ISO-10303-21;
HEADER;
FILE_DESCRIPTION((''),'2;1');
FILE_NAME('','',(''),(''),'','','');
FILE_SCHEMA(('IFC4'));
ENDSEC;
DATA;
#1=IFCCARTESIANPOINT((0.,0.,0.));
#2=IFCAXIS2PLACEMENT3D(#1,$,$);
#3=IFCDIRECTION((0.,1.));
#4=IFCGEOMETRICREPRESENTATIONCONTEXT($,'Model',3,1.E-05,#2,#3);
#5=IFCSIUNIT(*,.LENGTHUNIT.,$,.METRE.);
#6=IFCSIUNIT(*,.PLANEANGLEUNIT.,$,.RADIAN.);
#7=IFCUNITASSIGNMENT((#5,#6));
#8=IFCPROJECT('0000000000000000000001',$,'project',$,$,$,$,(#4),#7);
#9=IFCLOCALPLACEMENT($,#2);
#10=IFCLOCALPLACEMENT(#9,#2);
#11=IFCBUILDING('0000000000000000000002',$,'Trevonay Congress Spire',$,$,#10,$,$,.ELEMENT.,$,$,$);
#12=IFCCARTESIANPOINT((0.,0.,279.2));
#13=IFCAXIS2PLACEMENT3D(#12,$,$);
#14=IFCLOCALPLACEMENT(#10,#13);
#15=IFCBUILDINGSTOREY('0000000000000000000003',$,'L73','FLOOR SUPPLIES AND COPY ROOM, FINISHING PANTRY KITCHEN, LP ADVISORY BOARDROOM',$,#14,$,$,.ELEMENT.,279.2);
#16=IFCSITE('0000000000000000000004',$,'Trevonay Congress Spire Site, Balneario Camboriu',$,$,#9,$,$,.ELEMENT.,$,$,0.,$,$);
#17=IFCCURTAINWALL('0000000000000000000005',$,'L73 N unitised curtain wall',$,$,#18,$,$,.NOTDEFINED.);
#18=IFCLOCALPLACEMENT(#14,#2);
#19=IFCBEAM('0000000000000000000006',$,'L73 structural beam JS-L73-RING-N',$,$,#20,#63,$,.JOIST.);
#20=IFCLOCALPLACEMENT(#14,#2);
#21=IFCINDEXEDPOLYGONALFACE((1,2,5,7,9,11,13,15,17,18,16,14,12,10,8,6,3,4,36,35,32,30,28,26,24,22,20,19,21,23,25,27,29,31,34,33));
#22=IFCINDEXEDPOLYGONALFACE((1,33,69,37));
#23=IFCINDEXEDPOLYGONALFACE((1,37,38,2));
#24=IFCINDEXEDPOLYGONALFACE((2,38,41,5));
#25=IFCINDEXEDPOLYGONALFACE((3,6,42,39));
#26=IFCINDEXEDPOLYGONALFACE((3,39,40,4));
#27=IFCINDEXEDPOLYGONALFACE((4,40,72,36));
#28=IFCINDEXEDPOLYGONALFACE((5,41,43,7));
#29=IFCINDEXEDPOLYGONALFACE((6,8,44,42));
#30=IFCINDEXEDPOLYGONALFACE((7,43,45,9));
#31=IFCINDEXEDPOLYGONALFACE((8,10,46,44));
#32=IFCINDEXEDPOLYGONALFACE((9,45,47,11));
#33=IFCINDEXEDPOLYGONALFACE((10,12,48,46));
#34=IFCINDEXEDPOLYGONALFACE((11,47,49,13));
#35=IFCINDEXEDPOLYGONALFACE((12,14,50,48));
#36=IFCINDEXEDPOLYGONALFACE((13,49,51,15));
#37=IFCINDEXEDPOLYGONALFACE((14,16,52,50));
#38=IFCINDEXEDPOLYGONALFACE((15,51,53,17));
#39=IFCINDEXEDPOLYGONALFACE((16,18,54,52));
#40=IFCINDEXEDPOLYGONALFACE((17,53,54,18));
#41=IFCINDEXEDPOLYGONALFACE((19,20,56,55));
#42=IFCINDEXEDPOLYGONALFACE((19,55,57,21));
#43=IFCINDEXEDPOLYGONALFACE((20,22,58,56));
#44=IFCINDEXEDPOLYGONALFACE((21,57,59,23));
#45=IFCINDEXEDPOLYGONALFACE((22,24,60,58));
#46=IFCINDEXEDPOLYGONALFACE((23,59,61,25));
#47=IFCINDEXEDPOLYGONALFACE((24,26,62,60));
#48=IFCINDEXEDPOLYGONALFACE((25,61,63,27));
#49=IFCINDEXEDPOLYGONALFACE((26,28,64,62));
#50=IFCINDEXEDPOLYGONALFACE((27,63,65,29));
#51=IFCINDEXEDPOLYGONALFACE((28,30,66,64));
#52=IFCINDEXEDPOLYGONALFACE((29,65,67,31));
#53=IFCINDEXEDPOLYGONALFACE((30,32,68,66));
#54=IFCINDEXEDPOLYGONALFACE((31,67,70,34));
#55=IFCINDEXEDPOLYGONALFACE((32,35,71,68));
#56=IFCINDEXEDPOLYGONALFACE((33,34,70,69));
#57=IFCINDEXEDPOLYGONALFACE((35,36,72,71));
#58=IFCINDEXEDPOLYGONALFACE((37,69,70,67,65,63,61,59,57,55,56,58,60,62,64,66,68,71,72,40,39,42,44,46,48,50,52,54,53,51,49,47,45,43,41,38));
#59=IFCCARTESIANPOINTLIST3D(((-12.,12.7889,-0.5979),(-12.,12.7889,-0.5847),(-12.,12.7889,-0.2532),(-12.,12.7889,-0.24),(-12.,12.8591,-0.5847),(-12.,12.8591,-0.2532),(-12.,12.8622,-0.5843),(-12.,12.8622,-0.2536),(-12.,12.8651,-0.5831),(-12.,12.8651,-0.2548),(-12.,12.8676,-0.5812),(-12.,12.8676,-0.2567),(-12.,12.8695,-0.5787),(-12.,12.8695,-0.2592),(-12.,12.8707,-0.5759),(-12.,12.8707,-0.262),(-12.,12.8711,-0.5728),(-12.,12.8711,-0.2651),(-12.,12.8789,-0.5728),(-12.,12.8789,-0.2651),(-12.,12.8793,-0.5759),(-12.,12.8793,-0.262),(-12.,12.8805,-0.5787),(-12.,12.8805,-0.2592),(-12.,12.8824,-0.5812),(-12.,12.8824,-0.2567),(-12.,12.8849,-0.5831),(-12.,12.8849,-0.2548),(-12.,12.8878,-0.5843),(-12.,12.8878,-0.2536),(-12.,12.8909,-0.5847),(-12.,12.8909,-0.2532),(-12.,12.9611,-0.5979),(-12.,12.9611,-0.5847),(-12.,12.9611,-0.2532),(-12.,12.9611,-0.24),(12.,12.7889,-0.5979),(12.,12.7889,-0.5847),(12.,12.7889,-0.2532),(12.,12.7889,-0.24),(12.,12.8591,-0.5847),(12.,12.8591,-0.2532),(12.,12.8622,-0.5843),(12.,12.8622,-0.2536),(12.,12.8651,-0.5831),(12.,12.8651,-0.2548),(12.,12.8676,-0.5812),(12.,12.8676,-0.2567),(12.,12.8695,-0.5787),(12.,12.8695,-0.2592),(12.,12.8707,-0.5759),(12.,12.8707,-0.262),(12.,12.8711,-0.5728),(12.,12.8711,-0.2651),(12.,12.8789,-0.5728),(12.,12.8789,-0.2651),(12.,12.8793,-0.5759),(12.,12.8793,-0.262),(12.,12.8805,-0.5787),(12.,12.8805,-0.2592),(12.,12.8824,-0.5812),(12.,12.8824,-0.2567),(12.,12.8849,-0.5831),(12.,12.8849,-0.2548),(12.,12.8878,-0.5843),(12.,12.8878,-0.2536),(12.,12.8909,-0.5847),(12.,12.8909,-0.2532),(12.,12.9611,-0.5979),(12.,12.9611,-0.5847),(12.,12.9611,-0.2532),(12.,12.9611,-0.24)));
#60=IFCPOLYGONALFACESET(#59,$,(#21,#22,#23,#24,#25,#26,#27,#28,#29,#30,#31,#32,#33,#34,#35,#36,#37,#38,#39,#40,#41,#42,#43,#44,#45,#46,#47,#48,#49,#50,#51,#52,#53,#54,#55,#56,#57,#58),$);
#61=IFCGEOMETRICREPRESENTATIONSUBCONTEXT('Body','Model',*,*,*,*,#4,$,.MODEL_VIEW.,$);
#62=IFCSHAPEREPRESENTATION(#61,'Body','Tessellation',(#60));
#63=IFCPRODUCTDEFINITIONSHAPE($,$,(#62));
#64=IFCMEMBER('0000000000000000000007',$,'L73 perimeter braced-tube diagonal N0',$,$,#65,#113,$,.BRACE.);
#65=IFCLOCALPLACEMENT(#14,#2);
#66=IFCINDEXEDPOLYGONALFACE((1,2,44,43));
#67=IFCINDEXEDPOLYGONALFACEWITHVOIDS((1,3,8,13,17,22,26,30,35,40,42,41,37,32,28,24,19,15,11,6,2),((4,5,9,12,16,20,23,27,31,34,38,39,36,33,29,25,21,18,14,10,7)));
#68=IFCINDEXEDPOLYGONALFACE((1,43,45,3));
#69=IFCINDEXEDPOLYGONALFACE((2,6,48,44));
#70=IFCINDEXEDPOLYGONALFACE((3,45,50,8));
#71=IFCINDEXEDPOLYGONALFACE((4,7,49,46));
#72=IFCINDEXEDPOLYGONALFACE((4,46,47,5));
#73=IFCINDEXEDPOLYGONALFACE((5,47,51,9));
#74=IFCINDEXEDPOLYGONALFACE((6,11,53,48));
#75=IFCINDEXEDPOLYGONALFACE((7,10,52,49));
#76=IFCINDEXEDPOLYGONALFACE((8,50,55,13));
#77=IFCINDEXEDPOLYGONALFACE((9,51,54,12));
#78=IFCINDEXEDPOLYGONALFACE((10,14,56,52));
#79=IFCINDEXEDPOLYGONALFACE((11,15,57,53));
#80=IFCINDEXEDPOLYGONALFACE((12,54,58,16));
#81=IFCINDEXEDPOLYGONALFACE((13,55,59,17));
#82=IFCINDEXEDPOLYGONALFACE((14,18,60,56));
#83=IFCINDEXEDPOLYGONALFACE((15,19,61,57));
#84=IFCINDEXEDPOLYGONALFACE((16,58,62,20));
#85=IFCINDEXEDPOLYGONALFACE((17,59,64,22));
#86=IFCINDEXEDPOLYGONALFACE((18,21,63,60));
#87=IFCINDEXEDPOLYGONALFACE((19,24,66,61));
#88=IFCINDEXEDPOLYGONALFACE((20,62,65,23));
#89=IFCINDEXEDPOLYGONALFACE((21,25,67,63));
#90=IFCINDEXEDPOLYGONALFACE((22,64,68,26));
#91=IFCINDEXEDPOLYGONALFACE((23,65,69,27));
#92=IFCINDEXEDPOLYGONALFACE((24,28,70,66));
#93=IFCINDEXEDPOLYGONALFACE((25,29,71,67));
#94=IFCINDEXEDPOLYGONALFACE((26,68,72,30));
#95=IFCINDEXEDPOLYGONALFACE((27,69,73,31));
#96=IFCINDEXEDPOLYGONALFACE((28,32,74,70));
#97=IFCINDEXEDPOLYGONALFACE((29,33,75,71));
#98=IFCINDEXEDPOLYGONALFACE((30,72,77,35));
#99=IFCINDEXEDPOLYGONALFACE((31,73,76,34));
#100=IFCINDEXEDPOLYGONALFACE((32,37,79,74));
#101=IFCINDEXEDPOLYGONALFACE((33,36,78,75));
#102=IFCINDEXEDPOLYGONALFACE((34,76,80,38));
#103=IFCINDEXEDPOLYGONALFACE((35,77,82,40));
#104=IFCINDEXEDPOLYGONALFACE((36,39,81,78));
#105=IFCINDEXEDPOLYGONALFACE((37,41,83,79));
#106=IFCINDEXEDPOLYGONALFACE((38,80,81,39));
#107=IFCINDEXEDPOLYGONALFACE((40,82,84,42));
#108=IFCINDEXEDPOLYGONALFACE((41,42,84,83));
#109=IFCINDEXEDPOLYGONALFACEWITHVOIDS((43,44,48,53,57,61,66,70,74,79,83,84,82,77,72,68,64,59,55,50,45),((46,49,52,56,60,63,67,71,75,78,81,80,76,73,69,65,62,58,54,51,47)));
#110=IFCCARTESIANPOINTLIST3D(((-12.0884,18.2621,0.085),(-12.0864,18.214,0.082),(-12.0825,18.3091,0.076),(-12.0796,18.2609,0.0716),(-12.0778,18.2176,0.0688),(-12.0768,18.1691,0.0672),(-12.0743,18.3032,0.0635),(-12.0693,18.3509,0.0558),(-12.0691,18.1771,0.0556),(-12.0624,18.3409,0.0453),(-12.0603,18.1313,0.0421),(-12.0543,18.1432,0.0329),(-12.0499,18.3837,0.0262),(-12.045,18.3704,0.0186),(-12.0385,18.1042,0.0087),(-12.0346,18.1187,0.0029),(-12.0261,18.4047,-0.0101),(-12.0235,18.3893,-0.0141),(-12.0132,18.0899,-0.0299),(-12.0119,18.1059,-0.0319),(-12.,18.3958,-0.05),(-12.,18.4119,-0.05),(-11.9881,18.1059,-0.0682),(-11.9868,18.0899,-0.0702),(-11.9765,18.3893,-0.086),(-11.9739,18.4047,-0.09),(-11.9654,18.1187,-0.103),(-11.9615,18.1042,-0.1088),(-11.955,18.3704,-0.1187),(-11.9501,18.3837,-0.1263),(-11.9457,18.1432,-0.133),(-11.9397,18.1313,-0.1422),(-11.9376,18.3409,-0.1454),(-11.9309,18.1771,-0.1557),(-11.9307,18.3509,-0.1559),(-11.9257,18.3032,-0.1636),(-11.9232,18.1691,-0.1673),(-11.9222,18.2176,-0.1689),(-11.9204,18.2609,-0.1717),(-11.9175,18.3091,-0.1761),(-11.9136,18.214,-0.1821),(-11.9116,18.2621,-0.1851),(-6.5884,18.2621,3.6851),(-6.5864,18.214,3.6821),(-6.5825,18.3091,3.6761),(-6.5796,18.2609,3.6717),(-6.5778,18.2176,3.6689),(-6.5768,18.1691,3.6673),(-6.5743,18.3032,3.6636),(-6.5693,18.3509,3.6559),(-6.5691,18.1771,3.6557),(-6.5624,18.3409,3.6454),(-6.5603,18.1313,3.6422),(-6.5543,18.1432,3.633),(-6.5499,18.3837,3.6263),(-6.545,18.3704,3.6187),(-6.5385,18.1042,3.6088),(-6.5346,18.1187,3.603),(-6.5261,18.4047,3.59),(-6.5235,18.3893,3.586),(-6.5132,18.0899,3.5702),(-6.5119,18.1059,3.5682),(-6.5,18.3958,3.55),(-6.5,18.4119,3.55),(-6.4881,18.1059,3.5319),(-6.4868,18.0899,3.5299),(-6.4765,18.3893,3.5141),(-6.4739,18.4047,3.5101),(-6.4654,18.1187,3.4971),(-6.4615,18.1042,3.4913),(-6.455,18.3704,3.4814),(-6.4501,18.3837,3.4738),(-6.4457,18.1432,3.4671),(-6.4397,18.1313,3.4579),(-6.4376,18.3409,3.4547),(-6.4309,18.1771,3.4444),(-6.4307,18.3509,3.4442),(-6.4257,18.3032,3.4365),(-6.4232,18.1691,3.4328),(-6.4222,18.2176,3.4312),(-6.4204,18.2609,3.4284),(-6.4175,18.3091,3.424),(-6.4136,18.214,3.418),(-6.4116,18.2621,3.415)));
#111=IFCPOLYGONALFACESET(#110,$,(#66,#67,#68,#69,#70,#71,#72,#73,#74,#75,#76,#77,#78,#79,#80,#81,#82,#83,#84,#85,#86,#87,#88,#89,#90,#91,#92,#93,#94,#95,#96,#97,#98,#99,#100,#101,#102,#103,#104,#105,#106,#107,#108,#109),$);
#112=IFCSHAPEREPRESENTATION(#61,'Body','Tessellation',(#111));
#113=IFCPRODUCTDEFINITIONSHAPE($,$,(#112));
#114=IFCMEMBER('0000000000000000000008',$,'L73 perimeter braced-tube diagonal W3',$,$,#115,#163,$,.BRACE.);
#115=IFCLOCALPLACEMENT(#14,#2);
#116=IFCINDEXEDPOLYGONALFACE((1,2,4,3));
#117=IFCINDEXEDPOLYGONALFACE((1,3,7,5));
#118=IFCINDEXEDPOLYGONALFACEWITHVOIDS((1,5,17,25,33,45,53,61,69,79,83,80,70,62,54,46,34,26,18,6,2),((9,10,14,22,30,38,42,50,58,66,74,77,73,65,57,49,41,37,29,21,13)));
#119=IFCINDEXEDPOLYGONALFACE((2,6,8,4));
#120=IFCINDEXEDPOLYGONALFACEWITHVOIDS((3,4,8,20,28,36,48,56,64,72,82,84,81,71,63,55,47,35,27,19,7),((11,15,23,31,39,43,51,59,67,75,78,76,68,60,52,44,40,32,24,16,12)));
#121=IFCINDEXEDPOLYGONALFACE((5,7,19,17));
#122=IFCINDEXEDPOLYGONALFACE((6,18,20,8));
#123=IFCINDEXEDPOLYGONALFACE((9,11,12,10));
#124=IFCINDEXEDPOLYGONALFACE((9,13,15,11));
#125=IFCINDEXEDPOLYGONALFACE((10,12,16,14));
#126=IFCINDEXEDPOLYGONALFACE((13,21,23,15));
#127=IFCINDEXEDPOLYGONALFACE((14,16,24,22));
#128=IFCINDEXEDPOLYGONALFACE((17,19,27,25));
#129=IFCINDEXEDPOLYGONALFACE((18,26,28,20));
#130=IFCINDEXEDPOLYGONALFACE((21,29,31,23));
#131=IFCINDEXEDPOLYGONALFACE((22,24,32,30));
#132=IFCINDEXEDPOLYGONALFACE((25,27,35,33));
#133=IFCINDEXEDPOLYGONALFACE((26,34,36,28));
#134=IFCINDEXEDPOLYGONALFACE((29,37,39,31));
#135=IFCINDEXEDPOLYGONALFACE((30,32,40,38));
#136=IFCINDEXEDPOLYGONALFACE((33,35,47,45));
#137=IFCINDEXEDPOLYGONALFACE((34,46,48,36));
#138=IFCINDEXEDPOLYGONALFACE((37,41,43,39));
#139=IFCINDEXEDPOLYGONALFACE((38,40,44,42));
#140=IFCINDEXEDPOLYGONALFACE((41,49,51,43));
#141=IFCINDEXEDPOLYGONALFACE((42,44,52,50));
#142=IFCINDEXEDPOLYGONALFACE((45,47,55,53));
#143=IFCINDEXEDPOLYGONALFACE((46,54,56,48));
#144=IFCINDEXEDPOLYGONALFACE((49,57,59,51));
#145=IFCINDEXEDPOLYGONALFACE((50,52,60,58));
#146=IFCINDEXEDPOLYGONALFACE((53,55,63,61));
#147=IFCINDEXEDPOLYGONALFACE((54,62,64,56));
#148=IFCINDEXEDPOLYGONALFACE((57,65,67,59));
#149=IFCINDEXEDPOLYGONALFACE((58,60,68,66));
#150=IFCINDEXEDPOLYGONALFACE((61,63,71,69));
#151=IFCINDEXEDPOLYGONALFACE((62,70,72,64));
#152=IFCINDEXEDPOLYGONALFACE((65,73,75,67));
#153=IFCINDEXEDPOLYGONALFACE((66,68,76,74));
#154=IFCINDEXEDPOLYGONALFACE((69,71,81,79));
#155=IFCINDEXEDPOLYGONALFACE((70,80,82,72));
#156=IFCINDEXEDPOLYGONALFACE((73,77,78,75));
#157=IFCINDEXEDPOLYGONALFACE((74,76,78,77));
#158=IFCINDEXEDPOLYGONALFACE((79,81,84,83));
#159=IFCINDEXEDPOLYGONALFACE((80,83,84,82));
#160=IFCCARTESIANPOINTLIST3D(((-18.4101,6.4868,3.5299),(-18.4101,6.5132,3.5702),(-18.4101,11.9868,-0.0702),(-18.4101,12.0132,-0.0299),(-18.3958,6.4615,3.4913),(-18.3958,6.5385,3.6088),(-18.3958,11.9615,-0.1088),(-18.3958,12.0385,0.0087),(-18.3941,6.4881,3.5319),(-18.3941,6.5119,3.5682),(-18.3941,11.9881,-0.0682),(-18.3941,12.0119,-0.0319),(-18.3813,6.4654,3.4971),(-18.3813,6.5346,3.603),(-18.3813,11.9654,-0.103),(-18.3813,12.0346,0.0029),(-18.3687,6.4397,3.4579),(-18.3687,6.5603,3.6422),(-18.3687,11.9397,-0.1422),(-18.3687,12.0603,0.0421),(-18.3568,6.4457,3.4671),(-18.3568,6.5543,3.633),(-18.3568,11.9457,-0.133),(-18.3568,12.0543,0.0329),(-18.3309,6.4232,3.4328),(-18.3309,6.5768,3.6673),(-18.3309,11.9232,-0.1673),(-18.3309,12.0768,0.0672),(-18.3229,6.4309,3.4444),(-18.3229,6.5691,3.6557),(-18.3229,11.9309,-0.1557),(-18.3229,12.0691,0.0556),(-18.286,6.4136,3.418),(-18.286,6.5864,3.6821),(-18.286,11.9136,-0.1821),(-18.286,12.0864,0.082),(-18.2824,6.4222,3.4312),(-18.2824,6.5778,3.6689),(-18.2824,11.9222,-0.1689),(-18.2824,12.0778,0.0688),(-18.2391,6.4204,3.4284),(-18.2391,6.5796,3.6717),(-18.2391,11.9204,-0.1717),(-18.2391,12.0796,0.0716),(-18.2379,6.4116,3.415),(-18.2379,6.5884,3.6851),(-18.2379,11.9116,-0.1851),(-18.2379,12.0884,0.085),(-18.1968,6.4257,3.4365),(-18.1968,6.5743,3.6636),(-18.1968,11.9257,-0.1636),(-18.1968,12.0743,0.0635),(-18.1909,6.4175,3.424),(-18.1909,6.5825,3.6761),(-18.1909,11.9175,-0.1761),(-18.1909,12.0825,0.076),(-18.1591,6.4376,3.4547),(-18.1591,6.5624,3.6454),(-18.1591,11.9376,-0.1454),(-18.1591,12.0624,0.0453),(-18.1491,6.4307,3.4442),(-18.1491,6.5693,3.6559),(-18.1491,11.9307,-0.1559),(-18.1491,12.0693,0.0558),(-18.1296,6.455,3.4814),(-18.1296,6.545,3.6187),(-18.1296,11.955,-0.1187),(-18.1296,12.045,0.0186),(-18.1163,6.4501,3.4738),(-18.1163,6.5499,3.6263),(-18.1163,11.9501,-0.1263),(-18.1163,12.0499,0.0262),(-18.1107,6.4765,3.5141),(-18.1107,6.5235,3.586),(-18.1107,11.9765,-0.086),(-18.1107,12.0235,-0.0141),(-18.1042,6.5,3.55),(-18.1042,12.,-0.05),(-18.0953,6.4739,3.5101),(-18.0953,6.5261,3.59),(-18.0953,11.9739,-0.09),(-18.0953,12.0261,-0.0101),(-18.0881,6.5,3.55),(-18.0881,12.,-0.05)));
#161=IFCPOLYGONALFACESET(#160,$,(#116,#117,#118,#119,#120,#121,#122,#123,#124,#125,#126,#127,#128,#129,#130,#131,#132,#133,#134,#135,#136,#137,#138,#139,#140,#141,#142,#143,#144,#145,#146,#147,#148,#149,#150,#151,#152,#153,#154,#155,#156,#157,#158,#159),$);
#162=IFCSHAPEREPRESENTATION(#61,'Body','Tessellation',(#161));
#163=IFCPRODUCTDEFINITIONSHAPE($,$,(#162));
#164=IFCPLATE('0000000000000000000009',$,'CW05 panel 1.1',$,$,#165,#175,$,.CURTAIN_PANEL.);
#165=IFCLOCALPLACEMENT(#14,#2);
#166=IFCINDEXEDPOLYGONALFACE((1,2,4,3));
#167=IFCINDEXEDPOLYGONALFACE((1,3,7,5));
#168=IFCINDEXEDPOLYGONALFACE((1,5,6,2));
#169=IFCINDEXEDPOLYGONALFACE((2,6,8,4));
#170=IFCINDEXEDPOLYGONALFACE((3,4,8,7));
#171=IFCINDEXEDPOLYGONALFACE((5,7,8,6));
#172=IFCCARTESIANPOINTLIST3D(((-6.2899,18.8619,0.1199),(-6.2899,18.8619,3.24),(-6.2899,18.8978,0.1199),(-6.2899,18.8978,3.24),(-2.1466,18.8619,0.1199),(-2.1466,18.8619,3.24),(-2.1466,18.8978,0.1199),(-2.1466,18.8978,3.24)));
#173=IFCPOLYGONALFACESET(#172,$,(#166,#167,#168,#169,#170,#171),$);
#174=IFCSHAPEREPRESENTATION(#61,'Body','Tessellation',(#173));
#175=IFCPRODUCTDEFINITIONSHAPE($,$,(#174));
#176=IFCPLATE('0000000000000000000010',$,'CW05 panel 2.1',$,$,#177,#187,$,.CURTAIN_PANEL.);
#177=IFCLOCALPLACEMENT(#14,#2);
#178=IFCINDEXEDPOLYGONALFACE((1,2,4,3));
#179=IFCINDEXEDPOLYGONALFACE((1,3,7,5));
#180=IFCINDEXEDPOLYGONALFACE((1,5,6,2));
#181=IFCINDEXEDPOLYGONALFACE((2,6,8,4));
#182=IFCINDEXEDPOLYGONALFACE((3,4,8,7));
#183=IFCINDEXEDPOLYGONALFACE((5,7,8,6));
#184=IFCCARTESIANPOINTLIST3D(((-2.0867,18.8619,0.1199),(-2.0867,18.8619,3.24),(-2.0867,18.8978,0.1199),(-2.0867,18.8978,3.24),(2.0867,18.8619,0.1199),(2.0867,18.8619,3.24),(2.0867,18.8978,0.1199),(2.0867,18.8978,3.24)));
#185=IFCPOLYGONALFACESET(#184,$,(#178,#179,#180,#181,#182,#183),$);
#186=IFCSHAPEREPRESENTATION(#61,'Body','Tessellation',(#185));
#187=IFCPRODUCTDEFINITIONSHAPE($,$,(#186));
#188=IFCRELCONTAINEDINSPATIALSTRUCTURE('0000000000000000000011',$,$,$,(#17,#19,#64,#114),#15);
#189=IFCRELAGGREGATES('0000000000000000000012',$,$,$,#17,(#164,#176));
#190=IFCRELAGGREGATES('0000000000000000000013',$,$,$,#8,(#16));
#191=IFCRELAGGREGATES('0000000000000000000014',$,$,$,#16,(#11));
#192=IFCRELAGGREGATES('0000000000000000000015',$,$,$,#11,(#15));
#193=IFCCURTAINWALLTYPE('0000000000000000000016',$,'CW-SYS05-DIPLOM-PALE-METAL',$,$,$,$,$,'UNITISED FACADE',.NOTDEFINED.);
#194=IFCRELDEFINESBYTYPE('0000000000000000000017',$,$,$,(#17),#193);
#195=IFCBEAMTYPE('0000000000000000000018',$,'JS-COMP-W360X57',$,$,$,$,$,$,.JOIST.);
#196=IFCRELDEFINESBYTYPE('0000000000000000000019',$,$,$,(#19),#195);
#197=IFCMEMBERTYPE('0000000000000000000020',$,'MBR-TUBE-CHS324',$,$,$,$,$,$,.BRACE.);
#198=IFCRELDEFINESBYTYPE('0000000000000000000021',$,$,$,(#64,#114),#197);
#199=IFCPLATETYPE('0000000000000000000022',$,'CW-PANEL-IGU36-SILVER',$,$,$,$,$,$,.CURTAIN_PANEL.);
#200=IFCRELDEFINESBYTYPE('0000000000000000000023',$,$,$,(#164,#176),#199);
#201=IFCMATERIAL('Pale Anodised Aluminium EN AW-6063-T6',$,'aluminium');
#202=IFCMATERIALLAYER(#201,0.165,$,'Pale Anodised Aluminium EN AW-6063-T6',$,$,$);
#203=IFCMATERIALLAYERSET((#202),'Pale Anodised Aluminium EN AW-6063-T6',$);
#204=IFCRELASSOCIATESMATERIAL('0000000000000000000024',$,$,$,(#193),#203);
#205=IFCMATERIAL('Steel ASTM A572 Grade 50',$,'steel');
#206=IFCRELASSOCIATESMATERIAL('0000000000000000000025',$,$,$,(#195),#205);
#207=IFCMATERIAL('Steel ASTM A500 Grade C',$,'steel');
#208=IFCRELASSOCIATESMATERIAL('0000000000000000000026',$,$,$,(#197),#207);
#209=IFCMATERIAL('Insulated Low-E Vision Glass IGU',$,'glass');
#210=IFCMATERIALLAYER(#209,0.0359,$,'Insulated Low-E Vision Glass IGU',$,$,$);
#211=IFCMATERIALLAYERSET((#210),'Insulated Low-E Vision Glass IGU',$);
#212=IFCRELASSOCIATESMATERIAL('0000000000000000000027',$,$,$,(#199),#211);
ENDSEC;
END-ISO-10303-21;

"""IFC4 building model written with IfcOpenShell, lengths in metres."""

from ifc_helpers import new_model, si_unit, direction, frame, origin, origin_2d, place, context, subcontext, project, spatial, rectangle, hollow_circle, i_section, extrude, material, layer, layer_set, material_profile, profile_set, type_object, element, aggregate, save


model = new_model("IFC4")

# Units and contexts
model_context = context("Model", 3, precision=1e-05, world=origin(), true_north=direction((0.0, 1.0)))
body_context = subcontext(model_context, "Body", "Model", "MODEL_VIEW")
ifc_project = project(units=[si_unit("LENGTHUNIT", "METRE"), si_unit("PLANEANGLEUNIT", "RADIAN")], contexts=[model_context])

# Site, building, storey
site_placement = place(None, origin())
site = spatial("IfcSite", under=ifc_project, at=site_placement, Name="Trevonay Congress Spire Site, Balneario Camboriu", CompositionType="ELEMENT", RefElevation=0.0)
building_placement = place(site_placement, origin())
building = spatial("IfcBuilding", under=site, at=building_placement, Name="Trevonay Congress Spire", CompositionType="ELEMENT")
storey_placement = place(building_placement, frame((0.0, 0.0, 279.2)))
storey = spatial("IfcBuildingStorey", under=building, at=storey_placement, Name="L73", Description="FLOOR SUPPLIES AND COPY ROOM, FINISHING PANTRY KITCHEN, LP ADVISORY BOARDROOM", CompositionType="ELEMENT", Elevation=279.2)

# Shared definitions
ifc_material_1 = material(Name="Steel ASTM A572 Grade 50", Category="steel")

# Curtain wall
ifc_material_2 = material(Name="Pale Anodised Aluminium EN AW-6063-T6", Category="aluminium")
ifc_layer_1 = layer(ifc_material_2, 0.165, Name="Pale Anodised Aluminium EN AW-6063-T6")
ifc_layer_set_1 = layer_set([ifc_layer_1], Name="Pale Anodised Aluminium EN AW-6063-T6")
curtain_wall_type = type_object("IfcCurtainWallType", Name="CW-SYS05-DIPLOM-PALE-METAL", ElementType="UNITISED FACADE", PredefinedType="NOTDEFINED", material=ifc_layer_set_1)
curtain_wall_placement = place(storey_placement, origin())
curtain_wall = element("IfcCurtainWall", 1, at=curtain_wall_placement, inside=storey, type_object=curtain_wall_type, Name="L73 N unitised curtain wall", PredefinedType="NOTDEFINED")

# Beam
ifc_material_profile_1 = material_profile(ifc_material_1, i_section(OverallWidth=0.1721, OverallDepth=0.3579, WebThickness=0.0078, FlangeThickness=0.0132, FilletRadius=0.012, at=origin_2d()), Name="W360x57.8")
ifc_profile_set_1 = profile_set([ifc_material_profile_1], Name="Steel ASTM A572 Grade 50")
beam_type_1 = type_object("IfcBeamType", Name="JS-COMP-W360X57", PredefinedType="JOIST", material=ifc_profile_set_1)
beam_1_placement = place(storey_placement, frame((-12.0, 12.875, -0.4189), z_axis=(1.0, 0.0, 0.0), x_axis=(0.0, 1.0, 0.0)))
element("IfcBeam", 2, at=beam_1_placement, inside=storey, type_object=beam_type_1, Name="L73 structural beam JS-L73-RING-N", PredefinedType="JOIST", context=body_context, shape_type="SweptSolid", body=[
    extrude(i_section(OverallWidth=0.1721, OverallDepth=0.3579, WebThickness=0.0078, FlangeThickness=0.0132, FilletRadius=0.012, at=origin_2d()), origin(), (0.0, 0.0, 1.0), 24.0),
])

# Members
ifc_material_3 = material(Name="Steel ASTM A500 Grade C", Category="steel")
ifc_material_profile_2 = material_profile(ifc_material_3, hollow_circle(Radius=0.1619, WallThickness=0.0161, at=origin_2d()), Name="CHS 323.9x16")
ifc_profile_set_2 = profile_set([ifc_material_profile_2], Name="Steel ASTM A500 Grade C")
member_type_1 = type_object("IfcMemberType", Name="MBR-TUBE-CHS324", PredefinedType="BRACE", material=ifc_profile_set_2)
for number, where, z_axis, x_axis, name in (
    (3, (-12.0, 18.25, -0.05), (0.836695, 0.0, 0.54767), (0.0, 1.0, 0.0), "L73 perimeter braced-tube diagonal N0"),
    (4, (-18.25, 12.0, -0.05), (0.0, -0.836695, 0.54767), (1.0, 0.0, 0.0), "L73 perimeter braced-tube diagonal W3"),
):
    element("IfcMember", number, at=place(storey_placement, frame(where, z_axis=z_axis, x_axis=x_axis)), inside=storey, type_object=member_type_1, Name=name, PredefinedType="BRACE", context=body_context, shape_type="SweptSolid", body=[
        extrude(hollow_circle(Radius=0.1619, WallThickness=0.0161, at=origin_2d()), origin(), (0.0, 0.0, 1.0), 6.5735),
    ])

# Plates
ifc_material_4 = material(Name="Insulated Low-E Vision Glass IGU", Category="glass")
ifc_layer_2 = layer(ifc_material_4, 0.0359, Name="Insulated Low-E Vision Glass IGU")
ifc_layer_set_2 = layer_set([ifc_layer_2], Name="Insulated Low-E Vision Glass IGU")
plate_type = type_object("IfcPlateType", Name="CW-PANEL-IGU36-SILVER", PredefinedType="CURTAIN_PANEL", material=ifc_layer_set_2)
plate_1_placement = place(storey_placement, frame((-4.2183, 18.8799, 0.1199), z_axis=(0.0, 0.0, 1.0), x_axis=(1.0, 0.0, 0.0)))
plate_1 = element("IfcPlate", 5, at=plate_1_placement, type_object=plate_type, Name="CW05 panel 1.1", PredefinedType="CURTAIN_PANEL", context=body_context, shape_type="SweptSolid", body=[
    extrude(rectangle(XDim=4.1433, YDim=0.0359, at=origin_2d()), origin(), (0.0, 0.0, 1.0), 3.1201),
])
plate_2_placement = place(storey_placement, frame((0.0, 18.8799, 0.1199), z_axis=(0.0, 0.0, 1.0), x_axis=(1.0, 0.0, 0.0)))
plate_2 = element("IfcPlate", 6, at=plate_2_placement, type_object=plate_type, Name="CW05 panel 2.1", PredefinedType="CURTAIN_PANEL", context=body_context, shape_type="SweptSolid", body=[
    extrude(rectangle(XDim=4.1733, YDim=0.0359, at=origin_2d()), origin(), (0.0, 0.0, 1.0), 3.1201),
])
aggregate(curtain_wall, [plate_1, plate_2])

save(model, "model.ifc")
